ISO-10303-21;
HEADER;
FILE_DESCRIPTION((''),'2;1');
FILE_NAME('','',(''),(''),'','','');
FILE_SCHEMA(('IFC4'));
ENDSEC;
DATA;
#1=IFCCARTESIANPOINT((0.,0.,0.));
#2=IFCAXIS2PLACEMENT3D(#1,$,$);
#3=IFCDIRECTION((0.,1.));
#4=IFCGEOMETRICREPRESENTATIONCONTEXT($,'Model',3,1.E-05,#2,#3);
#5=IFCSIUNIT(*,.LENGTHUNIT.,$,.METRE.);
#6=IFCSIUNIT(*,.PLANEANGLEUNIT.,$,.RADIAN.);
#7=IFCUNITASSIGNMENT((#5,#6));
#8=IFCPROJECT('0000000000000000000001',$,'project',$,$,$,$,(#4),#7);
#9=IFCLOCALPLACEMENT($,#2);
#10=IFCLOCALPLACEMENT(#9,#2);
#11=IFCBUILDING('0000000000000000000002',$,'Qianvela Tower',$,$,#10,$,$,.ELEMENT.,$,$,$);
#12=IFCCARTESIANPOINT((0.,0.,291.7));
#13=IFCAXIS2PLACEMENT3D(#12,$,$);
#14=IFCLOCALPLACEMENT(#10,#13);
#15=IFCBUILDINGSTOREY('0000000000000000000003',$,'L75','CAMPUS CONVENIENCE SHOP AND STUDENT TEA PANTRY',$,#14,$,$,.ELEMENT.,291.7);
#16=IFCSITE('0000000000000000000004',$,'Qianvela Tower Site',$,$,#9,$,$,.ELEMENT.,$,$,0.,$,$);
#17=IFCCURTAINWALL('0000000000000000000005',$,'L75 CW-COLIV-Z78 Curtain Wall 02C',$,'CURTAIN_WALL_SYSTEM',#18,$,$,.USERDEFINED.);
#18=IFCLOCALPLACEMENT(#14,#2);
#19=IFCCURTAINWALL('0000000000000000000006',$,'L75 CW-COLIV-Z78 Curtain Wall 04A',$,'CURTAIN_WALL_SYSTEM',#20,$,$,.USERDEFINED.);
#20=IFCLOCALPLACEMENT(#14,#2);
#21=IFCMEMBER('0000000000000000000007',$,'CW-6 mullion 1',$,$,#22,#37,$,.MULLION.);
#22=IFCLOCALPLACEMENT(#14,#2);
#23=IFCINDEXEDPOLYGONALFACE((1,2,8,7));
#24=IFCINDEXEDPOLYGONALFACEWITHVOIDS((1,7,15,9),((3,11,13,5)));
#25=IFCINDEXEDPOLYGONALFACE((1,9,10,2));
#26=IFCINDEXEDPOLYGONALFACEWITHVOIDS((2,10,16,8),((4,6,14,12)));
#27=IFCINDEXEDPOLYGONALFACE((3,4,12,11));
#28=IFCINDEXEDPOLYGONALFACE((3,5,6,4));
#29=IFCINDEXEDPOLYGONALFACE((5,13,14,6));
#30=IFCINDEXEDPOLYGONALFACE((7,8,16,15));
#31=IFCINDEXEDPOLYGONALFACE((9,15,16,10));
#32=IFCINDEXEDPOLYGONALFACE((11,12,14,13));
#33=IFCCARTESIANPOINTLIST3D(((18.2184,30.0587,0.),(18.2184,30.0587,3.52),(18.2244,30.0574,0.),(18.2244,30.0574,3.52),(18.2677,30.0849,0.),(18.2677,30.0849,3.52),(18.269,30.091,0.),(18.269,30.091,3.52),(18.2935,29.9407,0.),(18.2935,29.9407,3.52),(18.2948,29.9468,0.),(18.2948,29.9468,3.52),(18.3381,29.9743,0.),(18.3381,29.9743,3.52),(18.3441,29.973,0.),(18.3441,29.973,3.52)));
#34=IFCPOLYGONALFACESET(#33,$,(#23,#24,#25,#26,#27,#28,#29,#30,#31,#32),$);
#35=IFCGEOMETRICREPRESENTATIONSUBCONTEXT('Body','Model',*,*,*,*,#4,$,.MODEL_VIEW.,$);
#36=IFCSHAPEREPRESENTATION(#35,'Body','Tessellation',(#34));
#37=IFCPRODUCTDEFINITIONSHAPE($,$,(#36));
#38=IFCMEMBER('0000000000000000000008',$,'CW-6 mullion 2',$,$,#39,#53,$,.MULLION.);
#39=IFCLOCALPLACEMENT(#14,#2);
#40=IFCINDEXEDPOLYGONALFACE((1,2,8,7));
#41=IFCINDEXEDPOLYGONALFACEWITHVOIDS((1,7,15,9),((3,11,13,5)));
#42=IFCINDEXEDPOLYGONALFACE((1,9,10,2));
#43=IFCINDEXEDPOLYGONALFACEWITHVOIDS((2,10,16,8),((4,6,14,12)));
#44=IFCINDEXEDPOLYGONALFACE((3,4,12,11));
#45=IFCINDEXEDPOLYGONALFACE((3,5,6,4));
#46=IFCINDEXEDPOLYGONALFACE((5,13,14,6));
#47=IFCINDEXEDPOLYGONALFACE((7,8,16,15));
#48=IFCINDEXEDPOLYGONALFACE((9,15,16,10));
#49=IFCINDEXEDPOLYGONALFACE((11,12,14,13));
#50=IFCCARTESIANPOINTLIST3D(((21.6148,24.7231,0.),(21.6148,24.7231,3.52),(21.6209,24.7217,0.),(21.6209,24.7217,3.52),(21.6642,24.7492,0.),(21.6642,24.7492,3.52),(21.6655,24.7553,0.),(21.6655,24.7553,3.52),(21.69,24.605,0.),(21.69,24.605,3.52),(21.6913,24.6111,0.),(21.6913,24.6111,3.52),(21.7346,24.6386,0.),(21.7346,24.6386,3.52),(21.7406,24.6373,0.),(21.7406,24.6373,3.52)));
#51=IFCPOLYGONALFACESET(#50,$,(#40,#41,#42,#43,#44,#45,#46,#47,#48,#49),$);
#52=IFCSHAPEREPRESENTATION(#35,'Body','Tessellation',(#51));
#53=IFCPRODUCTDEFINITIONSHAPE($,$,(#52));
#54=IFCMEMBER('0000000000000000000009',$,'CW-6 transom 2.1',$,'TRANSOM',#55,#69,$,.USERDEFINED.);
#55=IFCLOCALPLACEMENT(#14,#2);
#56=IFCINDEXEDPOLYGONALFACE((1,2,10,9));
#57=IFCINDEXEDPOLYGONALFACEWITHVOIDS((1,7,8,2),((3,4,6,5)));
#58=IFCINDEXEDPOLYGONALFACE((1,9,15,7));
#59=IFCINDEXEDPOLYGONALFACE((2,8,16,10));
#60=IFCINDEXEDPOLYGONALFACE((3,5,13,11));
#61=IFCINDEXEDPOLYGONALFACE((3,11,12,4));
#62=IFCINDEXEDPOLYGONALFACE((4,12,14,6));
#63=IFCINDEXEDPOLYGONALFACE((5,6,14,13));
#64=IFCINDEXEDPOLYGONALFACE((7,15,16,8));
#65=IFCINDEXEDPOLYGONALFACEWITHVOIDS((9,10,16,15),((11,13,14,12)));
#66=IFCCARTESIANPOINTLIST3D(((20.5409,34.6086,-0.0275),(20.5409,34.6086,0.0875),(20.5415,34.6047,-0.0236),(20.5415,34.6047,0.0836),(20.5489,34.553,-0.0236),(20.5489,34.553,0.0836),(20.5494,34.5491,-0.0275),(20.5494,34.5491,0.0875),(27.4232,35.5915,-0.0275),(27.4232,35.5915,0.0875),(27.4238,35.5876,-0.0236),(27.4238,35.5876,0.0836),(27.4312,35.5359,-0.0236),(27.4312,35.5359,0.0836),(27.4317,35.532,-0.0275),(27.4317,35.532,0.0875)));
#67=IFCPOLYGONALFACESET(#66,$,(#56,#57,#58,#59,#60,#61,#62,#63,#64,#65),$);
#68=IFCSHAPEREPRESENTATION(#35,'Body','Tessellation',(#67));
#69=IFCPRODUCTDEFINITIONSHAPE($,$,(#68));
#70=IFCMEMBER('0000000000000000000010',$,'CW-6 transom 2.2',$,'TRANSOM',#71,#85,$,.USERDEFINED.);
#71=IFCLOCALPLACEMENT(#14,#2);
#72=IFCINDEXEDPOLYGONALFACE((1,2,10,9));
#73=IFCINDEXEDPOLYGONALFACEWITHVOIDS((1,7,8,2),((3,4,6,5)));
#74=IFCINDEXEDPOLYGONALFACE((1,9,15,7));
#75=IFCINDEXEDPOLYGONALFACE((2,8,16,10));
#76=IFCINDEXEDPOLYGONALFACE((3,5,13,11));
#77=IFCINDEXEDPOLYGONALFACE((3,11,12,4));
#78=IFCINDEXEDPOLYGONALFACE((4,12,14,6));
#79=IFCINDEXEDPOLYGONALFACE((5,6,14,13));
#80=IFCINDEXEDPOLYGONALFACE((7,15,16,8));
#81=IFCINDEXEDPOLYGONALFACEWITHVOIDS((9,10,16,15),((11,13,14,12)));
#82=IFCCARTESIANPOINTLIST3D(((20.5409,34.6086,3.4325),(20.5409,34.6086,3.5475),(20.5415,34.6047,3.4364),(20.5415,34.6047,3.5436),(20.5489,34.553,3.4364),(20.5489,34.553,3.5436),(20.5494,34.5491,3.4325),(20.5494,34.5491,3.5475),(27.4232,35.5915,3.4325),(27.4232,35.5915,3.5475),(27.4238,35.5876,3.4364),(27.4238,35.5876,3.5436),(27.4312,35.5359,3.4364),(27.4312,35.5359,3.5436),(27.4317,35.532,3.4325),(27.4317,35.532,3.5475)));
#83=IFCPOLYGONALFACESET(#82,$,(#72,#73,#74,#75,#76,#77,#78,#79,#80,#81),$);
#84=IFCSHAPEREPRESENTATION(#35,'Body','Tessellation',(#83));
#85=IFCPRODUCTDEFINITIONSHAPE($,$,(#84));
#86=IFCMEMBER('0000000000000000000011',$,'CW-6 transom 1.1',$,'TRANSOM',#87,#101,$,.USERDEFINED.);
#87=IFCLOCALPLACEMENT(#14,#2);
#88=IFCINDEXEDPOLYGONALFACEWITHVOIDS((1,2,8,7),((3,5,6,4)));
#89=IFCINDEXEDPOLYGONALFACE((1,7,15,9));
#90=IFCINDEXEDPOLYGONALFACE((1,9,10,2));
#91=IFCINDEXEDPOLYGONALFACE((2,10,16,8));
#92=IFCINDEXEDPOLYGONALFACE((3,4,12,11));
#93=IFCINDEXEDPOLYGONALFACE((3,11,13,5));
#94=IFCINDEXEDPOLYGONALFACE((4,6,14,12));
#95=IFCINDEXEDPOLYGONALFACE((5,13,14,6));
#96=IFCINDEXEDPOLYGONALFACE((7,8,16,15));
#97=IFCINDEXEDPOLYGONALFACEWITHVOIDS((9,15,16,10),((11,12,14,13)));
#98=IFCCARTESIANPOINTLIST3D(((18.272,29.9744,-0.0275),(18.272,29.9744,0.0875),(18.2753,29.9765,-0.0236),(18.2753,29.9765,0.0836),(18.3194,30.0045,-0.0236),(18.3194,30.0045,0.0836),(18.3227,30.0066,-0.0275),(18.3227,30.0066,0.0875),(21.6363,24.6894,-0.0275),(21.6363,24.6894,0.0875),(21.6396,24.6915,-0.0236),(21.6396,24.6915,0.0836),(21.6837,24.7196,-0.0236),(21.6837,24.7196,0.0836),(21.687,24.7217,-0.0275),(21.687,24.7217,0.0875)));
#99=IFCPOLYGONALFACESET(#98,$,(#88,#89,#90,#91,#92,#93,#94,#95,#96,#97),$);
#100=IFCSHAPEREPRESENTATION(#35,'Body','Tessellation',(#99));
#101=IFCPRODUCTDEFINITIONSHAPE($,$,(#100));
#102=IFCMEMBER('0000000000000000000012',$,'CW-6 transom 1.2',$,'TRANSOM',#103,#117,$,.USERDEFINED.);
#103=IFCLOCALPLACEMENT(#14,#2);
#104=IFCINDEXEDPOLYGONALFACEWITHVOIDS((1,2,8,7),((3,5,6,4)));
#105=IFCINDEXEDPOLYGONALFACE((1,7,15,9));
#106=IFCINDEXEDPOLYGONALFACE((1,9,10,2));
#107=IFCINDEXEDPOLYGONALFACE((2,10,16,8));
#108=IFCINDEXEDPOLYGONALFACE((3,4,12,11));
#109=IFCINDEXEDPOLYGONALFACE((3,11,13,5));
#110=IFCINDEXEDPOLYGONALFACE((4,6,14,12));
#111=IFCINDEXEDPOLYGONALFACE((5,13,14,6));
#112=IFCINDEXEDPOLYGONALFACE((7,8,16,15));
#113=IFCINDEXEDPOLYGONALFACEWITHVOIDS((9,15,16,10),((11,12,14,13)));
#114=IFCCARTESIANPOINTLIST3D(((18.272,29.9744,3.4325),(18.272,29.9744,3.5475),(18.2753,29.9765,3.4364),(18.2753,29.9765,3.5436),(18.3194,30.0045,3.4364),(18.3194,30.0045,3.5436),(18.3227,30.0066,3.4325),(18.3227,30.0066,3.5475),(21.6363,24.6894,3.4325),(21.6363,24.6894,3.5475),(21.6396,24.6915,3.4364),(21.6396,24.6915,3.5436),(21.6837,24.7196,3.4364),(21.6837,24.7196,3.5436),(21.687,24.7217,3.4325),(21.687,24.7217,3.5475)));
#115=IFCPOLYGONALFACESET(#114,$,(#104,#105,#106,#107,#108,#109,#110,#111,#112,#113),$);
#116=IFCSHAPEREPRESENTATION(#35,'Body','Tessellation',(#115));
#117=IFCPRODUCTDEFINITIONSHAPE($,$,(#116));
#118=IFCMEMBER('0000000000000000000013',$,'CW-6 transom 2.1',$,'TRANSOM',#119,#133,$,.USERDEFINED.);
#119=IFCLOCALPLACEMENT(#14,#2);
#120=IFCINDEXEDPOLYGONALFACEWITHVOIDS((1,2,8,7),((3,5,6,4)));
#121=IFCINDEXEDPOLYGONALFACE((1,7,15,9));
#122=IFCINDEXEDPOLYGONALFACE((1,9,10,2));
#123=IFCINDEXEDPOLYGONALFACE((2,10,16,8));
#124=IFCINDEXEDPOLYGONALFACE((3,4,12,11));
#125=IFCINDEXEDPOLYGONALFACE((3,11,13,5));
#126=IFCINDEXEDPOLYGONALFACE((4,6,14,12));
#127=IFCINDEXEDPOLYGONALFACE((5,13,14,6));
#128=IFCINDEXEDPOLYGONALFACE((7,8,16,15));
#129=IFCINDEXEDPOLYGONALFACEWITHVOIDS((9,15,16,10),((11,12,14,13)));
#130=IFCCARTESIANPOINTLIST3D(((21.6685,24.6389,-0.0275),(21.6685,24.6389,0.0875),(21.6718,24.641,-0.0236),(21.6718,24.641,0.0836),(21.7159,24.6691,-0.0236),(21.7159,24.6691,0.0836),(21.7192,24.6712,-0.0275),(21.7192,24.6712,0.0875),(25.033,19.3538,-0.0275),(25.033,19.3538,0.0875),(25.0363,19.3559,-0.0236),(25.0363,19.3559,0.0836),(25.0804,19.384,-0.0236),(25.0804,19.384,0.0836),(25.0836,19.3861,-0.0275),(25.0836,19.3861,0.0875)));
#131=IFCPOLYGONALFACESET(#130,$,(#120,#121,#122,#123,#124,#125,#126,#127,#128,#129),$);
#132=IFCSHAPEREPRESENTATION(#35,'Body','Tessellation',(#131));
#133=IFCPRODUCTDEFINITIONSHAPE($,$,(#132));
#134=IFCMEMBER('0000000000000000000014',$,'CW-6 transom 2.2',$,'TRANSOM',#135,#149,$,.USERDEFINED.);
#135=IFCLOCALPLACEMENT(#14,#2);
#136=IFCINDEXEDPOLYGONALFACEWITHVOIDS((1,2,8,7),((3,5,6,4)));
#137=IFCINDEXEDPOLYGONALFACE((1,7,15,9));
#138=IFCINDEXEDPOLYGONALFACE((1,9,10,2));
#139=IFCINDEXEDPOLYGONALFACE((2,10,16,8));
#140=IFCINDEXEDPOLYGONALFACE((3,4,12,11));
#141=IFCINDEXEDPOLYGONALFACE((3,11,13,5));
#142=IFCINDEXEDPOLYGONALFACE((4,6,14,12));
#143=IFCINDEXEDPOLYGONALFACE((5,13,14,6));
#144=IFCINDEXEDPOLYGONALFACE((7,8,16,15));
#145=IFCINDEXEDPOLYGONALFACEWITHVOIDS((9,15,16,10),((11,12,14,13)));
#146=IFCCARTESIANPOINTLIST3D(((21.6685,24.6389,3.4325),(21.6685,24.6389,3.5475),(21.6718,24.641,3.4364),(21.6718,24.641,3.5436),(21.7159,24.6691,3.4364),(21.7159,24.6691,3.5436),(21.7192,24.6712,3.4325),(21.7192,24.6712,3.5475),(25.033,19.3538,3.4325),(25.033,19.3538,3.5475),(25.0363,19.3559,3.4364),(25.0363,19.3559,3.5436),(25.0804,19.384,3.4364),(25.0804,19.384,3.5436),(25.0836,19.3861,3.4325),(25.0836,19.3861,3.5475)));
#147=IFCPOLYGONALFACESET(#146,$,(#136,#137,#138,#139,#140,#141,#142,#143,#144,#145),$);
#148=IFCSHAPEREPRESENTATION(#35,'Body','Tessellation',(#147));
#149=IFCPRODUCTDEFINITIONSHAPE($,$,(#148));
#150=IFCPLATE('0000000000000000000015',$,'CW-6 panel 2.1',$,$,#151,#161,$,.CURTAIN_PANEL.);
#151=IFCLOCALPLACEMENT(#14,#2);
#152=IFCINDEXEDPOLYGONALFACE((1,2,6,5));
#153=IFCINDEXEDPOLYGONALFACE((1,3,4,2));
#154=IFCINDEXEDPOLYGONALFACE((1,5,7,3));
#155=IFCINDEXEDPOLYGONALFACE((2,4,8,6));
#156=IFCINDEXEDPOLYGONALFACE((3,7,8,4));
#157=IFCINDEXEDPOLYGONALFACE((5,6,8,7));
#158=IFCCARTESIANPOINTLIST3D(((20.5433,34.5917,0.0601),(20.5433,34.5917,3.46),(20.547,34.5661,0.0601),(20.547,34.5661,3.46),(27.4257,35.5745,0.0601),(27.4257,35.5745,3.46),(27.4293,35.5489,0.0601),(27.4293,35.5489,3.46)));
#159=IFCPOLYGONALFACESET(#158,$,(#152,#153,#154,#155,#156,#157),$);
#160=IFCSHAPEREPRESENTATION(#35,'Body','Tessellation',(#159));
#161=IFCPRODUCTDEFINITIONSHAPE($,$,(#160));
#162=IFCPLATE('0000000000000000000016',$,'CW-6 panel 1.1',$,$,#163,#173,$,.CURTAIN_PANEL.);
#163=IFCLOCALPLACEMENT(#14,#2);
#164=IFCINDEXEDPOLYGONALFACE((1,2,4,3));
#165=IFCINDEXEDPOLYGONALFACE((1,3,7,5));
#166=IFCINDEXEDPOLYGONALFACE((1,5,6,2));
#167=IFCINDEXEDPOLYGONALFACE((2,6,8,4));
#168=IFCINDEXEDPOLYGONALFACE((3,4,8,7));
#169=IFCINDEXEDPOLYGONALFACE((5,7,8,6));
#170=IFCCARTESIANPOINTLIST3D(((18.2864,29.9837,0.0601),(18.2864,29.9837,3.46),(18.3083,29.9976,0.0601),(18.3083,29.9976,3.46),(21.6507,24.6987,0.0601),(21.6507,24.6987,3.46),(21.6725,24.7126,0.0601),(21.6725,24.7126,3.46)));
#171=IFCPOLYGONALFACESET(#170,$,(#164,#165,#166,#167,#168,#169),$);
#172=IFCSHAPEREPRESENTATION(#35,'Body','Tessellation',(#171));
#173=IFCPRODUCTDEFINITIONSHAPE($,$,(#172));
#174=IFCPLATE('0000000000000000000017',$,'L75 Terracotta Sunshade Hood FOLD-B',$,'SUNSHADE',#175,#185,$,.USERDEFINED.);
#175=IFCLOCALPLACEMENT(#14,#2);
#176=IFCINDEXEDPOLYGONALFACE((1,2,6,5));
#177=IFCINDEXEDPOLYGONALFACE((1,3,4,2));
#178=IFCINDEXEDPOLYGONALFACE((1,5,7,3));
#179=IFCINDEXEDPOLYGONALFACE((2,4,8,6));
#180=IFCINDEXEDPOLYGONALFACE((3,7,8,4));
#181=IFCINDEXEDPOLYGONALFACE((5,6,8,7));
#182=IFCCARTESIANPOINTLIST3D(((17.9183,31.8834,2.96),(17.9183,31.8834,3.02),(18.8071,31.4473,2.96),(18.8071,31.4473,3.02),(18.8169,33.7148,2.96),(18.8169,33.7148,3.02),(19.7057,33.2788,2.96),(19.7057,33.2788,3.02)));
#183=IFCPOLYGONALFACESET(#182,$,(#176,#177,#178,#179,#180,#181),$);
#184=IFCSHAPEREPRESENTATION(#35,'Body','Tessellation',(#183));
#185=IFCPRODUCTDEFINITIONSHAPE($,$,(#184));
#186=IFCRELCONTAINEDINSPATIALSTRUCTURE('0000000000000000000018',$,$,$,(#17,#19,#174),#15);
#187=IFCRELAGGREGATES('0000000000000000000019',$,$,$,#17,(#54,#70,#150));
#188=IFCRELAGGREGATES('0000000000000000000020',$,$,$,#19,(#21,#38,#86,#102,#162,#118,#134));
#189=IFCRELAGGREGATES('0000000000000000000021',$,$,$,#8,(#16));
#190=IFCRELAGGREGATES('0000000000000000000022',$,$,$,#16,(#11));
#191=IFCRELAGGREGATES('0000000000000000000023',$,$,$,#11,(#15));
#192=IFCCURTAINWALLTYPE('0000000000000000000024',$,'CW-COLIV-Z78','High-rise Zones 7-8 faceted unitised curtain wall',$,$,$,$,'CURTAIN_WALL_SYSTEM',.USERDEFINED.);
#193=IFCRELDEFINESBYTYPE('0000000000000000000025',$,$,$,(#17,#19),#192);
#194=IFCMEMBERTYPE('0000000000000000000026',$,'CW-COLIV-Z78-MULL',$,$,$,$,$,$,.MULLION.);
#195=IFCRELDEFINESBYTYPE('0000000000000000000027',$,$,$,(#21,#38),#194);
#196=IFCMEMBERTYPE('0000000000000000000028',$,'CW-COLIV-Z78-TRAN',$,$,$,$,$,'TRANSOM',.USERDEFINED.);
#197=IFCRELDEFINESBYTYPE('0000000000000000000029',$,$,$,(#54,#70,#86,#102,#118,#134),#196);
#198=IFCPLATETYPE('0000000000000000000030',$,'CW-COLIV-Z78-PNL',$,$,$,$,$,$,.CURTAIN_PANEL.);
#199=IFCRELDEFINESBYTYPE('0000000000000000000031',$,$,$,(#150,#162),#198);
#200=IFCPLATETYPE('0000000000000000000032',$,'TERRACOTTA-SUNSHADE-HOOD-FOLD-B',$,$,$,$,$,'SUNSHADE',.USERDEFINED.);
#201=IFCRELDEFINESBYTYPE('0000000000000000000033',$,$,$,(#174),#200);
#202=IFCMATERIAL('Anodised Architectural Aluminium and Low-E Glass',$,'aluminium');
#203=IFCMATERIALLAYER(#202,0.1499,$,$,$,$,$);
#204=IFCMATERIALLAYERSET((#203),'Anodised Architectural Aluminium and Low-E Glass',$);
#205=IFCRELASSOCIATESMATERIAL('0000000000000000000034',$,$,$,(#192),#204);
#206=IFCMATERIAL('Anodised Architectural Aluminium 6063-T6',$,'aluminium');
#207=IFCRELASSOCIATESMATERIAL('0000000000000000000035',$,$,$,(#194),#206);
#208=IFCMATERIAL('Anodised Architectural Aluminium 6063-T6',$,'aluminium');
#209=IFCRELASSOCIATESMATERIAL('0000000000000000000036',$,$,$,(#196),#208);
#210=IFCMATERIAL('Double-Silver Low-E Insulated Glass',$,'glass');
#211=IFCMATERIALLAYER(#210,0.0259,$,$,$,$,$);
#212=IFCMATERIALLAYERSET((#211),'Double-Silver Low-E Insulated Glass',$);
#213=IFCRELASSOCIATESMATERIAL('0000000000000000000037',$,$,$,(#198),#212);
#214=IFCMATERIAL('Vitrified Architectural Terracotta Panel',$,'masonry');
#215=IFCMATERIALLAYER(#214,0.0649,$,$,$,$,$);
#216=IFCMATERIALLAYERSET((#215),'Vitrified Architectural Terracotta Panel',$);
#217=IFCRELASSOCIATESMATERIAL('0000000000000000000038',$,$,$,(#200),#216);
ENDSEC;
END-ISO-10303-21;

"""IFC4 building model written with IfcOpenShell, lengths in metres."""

from ifc_helpers import new_model, si_unit, direction, frame, origin, origin_2d, place, context, subcontext, project, spatial, rectangle, hollow_rectangle, extrude, material, layer, layer_set, material_profile, profile_set, type_object, element, aggregate, save


model = new_model("IFC4")

# Units and contexts
model_context = context("Model", 3, precision=1e-05, world=origin(), true_north=direction((0.0, 1.0)))
body_context = subcontext(model_context, "Body", "Model", "MODEL_VIEW")
ifc_project = project(units=[si_unit("LENGTHUNIT", "METRE"), si_unit("PLANEANGLEUNIT", "RADIAN")], contexts=[model_context])

# Site, building, storey
site_placement = place(None, origin())
site = spatial("IfcSite", under=ifc_project, at=site_placement, Name="Qianvela Tower Site", CompositionType="ELEMENT", RefElevation=0.0)
building_placement = place(site_placement, origin())
building = spatial("IfcBuilding", under=site, at=building_placement, Name="Qianvela Tower", CompositionType="ELEMENT")
storey_placement = place(building_placement, frame((0.0, 0.0, 291.7)))
storey = spatial("IfcBuildingStorey", under=building, at=storey_placement, Name="L75", Description="CAMPUS CONVENIENCE SHOP AND STUDENT TEA PANTRY", CompositionType="ELEMENT", Elevation=291.7)

# Curtain walls, members
ifc_material_1 = material(Name="Anodised Architectural Aluminium and Low-E Glass", Category="aluminium")
ifc_layer_1 = layer(ifc_material_1, 0.1499)
ifc_layer_set_1 = layer_set([ifc_layer_1], Name="Anodised Architectural Aluminium and Low-E Glass")
curtain_wall_type = type_object("IfcCurtainWallType", Name="CW-COLIV-Z78", Description="High-rise Zones 7-8 faceted unitised curtain wall", ElementType="CURTAIN_WALL_SYSTEM", PredefinedType="USERDEFINED", material=ifc_layer_set_1)
curtain_wall_1_placement = place(storey_placement, origin())
curtain_wall_1 = element("IfcCurtainWall", 1, at=curtain_wall_1_placement, inside=storey, type_object=curtain_wall_type, Name="L75 CW-COLIV-Z78 Curtain Wall 02C", ObjectType="CURTAIN_WALL_SYSTEM", PredefinedType="USERDEFINED")
ifc_material_2 = material(Name="Anodised Architectural Aluminium 6063-T6", Category="aluminium")
ifc_material_profile_1 = material_profile(ifc_material_2, hollow_rectangle(XDim=0.0601, YDim=0.1399, WallThickness=0.0044, at=origin_2d()), Name="ALU-MULL-60x140")
ifc_profile_set_1 = profile_set([ifc_material_profile_1], Name="Anodised Architectural Aluminium 6063-T6")
member_type_1 = type_object("IfcMemberType", Name="CW-COLIV-Z78-MULL", PredefinedType="MULLION", material=ifc_profile_set_1)
curtain_wall_2_placement = place(storey_placement, origin())
curtain_wall_2 = element("IfcCurtainWall", 2, at=curtain_wall_2_placement, inside=storey, type_object=curtain_wall_type, Name="L75 CW-COLIV-Z78 Curtain Wall 04A", ObjectType="CURTAIN_WALL_SYSTEM", PredefinedType="USERDEFINED")
member_1_placement = place(storey_placement, frame((18.2812, 30.0159, 0.0), z_axis=(0.0, 0.0, 1.0), x_axis=(0.84358, 0.537003, 0.0)))
member_1 = element("IfcMember", 3, at=member_1_placement, type_object=member_type_1, Name="CW-6 mullion 1", PredefinedType="MULLION", context=body_context, shape_type="SweptSolid", body=[
    extrude(hollow_rectangle(XDim=0.0601, YDim=0.1399, WallThickness=0.0044, at=origin_2d()), origin(), (0.0, 0.0, 1.0), 3.52),
])
member_2_placement = place(storey_placement, frame((21.6777, 24.6802, 0.0), z_axis=(0.0, 0.0, 1.0), x_axis=(0.84358, 0.537003, 0.0)))
member_2 = element("IfcMember", 4, at=member_2_placement, type_object=member_type_1, Name="CW-6 mullion 2", PredefinedType="MULLION", context=body_context, shape_type="SweptSolid", body=[
    extrude(hollow_rectangle(XDim=0.0601, YDim=0.1399, WallThickness=0.0044, at=origin_2d()), origin(), (0.0, 0.0, 1.0), 3.52),
])

# Members
ifc_material_3 = material(Name="Anodised Architectural Aluminium 6063-T6", Category="aluminium")
ifc_material_profile_2 = material_profile(ifc_material_3, hollow_rectangle(XDim=0.0601, YDim=0.115, WallThickness=0.0039, at=origin_2d()), Name="ALU-TRAN-60x115")
ifc_profile_set_2 = profile_set([ifc_material_profile_2], Name="Anodised Architectural Aluminium 6063-T6")
member_type_2 = type_object("IfcMemberType", Name="CW-COLIV-Z78-TRAN", ElementType="TRANSOM", PredefinedType="USERDEFINED", material=ifc_profile_set_2)
member_3_placement = place(storey_placement, frame((27.4275, 35.5618, 0.03), z_axis=(-0.989955, -0.141382, 0.0), x_axis=(0.141382, -0.989955, 0.0)))
member_3 = element("IfcMember", 5, at=member_3_placement, type_object=member_type_2, Name="CW-6 transom 2.1", ObjectType="TRANSOM", PredefinedType="USERDEFINED", context=body_context, shape_type="SweptSolid", body=[
    extrude(hollow_rectangle(XDim=0.0601, YDim=0.115, WallThickness=0.0039, at=origin_2d()), origin(), (0.0, 0.0, 1.0), 6.9521),
])
member_4_placement = place(storey_placement, frame((27.4275, 35.5618, 3.49), z_axis=(-0.989955, -0.141382, 0.0), x_axis=(0.141382, -0.989955, 0.0)))
member_4 = element("IfcMember", 6, at=member_4_placement, type_object=member_type_2, Name="CW-6 transom 2.2", ObjectType="TRANSOM", PredefinedType="USERDEFINED", context=body_context, shape_type="SweptSolid", body=[
    extrude(hollow_rectangle(XDim=0.0601, YDim=0.115, WallThickness=0.0039, at=origin_2d()), origin(), (0.0, 0.0, 1.0), 6.9521),
])
member_5_placement = place(storey_placement, frame((18.2974, 29.9905, 0.03), z_axis=(0.537004, -0.84358, 0.0), x_axis=(0.84358, 0.537004, 0.0)))
member_5 = element("IfcMember", 7, at=member_5_placement, type_object=member_type_2, Name="CW-6 transom 1.1", ObjectType="TRANSOM", PredefinedType="USERDEFINED", context=body_context, shape_type="SweptSolid", body=[
    extrude(hollow_rectangle(XDim=0.0601, YDim=0.115, WallThickness=0.0039, at=origin_2d()), origin(), (0.0, 0.0, 1.0), 6.2649),
])
member_6_placement = place(storey_placement, frame((18.2974, 29.9905, 3.49), z_axis=(0.537004, -0.84358, 0.0), x_axis=(0.84358, 0.537004, 0.0)))
member_6 = element("IfcMember", 8, at=member_6_placement, type_object=member_type_2, Name="CW-6 transom 1.2", ObjectType="TRANSOM", PredefinedType="USERDEFINED", context=body_context, shape_type="SweptSolid", body=[
    extrude(hollow_rectangle(XDim=0.0601, YDim=0.115, WallThickness=0.0039, at=origin_2d()), origin(), (0.0, 0.0, 1.0), 6.2649),
])
member_7_placement = place(storey_placement, frame((21.6938, 24.655, 0.03), z_axis=(0.537014, -0.843573, 0.0), x_axis=(0.843573, 0.537014, 0.0)))
member_7 = element("IfcMember", 9, at=member_7_placement, type_object=member_type_2, Name="CW-6 transom 2.1", ObjectType="TRANSOM", PredefinedType="USERDEFINED", context=body_context, shape_type="SweptSolid", body=[
    extrude(hollow_rectangle(XDim=0.0601, YDim=0.115, WallThickness=0.0039, at=origin_2d()), origin(), (0.0, 0.0, 1.0), 6.2651),
])
member_8_placement = place(storey_placement, frame((21.6938, 24.655, 3.49), z_axis=(0.537014, -0.843573, 0.0), x_axis=(0.843573, 0.537014, 0.0)))
member_8 = element("IfcMember", 10, at=member_8_placement, type_object=member_type_2, Name="CW-6 transom 2.2", ObjectType="TRANSOM", PredefinedType="USERDEFINED", context=body_context, shape_type="SweptSolid", body=[
    extrude(hollow_rectangle(XDim=0.0601, YDim=0.115, WallThickness=0.0039, at=origin_2d()), origin(), (0.0, 0.0, 1.0), 6.2651),
])

# Plates
ifc_material_4 = material(Name="Double-Silver Low-E Insulated Glass", Category="glass")
ifc_layer_2 = layer(ifc_material_4, 0.0259)
ifc_layer_set_2 = layer_set([ifc_layer_2], Name="Double-Silver Low-E Insulated Glass")
plate_type_1 = type_object("IfcPlateType", Name="CW-COLIV-Z78-PNL", PredefinedType="CURTAIN_PANEL", material=ifc_layer_set_2)
plate_1_placement = place(storey_placement, frame((23.9863, 35.0703, 0.0601), z_axis=(0.0, 0.0, 1.0), x_axis=(-0.989958, -0.141365, 0.0)))
plate_1 = element("IfcPlate", 11, at=plate_1_placement, type_object=plate_type_1, Name="CW-6 panel 2.1", PredefinedType="CURTAIN_PANEL", context=body_context, shape_type="SweptSolid", body=[
    extrude(rectangle(XDim=6.9521, YDim=0.0259, at=origin_2d()), origin(), (0.0, 0.0, 1.0), 3.3999),
])
aggregate(curtain_wall_1, [member_3, member_4, plate_1])
plate_2_placement = place(storey_placement, frame((19.9795, 27.3481, 0.0601), z_axis=(0.0, 0.0, 1.0), x_axis=(0.537003, -0.84358, 0.0)))
plate_2 = element("IfcPlate", 12, at=plate_2_placement, type_object=plate_type_1, Name="CW-6 panel 1.1", PredefinedType="CURTAIN_PANEL", context=body_context, shape_type="SweptSolid", body=[
    extrude(rectangle(XDim=6.2649, YDim=0.0259, at=origin_2d()), origin(), (0.0, 0.0, 1.0), 3.3999),
])
aggregate(curtain_wall_2, [member_1, member_2, member_5, member_6, plate_2, member_7, member_8])

# Plate
ifc_material_5 = material(Name="Vitrified Architectural Terracotta Panel", Category="masonry")
ifc_layer_3 = layer(ifc_material_5, 0.0649)
ifc_layer_set_3 = layer_set([ifc_layer_3], Name="Vitrified Architectural Terracotta Panel")
plate_type_2 = type_object("IfcPlateType", Name="TERRACOTTA-SUNSHADE-HOOD-FOLD-B", ElementType="SUNSHADE", PredefinedType="USERDEFINED", material=ifc_layer_set_3)
plate_3_placement = place(storey_placement, frame((18.812, 32.5811, 2.96), z_axis=(0.0, 0.0, 1.0), x_axis=(-0.440475, -0.897765, 0.0)))
element("IfcPlate", 13, at=plate_3_placement, inside=storey, type_object=plate_type_2, Name="L75 Terracotta Sunshade Hood FOLD-B", ObjectType="SUNSHADE", PredefinedType="USERDEFINED", context=body_context, shape_type="SweptSolid", body=[
    extrude(rectangle(XDim=2.04, YDim=0.99, at=origin_2d()), origin(), (0.0, 0.0, 1.0), 0.0601),
])

save(model, "model.ifc")
